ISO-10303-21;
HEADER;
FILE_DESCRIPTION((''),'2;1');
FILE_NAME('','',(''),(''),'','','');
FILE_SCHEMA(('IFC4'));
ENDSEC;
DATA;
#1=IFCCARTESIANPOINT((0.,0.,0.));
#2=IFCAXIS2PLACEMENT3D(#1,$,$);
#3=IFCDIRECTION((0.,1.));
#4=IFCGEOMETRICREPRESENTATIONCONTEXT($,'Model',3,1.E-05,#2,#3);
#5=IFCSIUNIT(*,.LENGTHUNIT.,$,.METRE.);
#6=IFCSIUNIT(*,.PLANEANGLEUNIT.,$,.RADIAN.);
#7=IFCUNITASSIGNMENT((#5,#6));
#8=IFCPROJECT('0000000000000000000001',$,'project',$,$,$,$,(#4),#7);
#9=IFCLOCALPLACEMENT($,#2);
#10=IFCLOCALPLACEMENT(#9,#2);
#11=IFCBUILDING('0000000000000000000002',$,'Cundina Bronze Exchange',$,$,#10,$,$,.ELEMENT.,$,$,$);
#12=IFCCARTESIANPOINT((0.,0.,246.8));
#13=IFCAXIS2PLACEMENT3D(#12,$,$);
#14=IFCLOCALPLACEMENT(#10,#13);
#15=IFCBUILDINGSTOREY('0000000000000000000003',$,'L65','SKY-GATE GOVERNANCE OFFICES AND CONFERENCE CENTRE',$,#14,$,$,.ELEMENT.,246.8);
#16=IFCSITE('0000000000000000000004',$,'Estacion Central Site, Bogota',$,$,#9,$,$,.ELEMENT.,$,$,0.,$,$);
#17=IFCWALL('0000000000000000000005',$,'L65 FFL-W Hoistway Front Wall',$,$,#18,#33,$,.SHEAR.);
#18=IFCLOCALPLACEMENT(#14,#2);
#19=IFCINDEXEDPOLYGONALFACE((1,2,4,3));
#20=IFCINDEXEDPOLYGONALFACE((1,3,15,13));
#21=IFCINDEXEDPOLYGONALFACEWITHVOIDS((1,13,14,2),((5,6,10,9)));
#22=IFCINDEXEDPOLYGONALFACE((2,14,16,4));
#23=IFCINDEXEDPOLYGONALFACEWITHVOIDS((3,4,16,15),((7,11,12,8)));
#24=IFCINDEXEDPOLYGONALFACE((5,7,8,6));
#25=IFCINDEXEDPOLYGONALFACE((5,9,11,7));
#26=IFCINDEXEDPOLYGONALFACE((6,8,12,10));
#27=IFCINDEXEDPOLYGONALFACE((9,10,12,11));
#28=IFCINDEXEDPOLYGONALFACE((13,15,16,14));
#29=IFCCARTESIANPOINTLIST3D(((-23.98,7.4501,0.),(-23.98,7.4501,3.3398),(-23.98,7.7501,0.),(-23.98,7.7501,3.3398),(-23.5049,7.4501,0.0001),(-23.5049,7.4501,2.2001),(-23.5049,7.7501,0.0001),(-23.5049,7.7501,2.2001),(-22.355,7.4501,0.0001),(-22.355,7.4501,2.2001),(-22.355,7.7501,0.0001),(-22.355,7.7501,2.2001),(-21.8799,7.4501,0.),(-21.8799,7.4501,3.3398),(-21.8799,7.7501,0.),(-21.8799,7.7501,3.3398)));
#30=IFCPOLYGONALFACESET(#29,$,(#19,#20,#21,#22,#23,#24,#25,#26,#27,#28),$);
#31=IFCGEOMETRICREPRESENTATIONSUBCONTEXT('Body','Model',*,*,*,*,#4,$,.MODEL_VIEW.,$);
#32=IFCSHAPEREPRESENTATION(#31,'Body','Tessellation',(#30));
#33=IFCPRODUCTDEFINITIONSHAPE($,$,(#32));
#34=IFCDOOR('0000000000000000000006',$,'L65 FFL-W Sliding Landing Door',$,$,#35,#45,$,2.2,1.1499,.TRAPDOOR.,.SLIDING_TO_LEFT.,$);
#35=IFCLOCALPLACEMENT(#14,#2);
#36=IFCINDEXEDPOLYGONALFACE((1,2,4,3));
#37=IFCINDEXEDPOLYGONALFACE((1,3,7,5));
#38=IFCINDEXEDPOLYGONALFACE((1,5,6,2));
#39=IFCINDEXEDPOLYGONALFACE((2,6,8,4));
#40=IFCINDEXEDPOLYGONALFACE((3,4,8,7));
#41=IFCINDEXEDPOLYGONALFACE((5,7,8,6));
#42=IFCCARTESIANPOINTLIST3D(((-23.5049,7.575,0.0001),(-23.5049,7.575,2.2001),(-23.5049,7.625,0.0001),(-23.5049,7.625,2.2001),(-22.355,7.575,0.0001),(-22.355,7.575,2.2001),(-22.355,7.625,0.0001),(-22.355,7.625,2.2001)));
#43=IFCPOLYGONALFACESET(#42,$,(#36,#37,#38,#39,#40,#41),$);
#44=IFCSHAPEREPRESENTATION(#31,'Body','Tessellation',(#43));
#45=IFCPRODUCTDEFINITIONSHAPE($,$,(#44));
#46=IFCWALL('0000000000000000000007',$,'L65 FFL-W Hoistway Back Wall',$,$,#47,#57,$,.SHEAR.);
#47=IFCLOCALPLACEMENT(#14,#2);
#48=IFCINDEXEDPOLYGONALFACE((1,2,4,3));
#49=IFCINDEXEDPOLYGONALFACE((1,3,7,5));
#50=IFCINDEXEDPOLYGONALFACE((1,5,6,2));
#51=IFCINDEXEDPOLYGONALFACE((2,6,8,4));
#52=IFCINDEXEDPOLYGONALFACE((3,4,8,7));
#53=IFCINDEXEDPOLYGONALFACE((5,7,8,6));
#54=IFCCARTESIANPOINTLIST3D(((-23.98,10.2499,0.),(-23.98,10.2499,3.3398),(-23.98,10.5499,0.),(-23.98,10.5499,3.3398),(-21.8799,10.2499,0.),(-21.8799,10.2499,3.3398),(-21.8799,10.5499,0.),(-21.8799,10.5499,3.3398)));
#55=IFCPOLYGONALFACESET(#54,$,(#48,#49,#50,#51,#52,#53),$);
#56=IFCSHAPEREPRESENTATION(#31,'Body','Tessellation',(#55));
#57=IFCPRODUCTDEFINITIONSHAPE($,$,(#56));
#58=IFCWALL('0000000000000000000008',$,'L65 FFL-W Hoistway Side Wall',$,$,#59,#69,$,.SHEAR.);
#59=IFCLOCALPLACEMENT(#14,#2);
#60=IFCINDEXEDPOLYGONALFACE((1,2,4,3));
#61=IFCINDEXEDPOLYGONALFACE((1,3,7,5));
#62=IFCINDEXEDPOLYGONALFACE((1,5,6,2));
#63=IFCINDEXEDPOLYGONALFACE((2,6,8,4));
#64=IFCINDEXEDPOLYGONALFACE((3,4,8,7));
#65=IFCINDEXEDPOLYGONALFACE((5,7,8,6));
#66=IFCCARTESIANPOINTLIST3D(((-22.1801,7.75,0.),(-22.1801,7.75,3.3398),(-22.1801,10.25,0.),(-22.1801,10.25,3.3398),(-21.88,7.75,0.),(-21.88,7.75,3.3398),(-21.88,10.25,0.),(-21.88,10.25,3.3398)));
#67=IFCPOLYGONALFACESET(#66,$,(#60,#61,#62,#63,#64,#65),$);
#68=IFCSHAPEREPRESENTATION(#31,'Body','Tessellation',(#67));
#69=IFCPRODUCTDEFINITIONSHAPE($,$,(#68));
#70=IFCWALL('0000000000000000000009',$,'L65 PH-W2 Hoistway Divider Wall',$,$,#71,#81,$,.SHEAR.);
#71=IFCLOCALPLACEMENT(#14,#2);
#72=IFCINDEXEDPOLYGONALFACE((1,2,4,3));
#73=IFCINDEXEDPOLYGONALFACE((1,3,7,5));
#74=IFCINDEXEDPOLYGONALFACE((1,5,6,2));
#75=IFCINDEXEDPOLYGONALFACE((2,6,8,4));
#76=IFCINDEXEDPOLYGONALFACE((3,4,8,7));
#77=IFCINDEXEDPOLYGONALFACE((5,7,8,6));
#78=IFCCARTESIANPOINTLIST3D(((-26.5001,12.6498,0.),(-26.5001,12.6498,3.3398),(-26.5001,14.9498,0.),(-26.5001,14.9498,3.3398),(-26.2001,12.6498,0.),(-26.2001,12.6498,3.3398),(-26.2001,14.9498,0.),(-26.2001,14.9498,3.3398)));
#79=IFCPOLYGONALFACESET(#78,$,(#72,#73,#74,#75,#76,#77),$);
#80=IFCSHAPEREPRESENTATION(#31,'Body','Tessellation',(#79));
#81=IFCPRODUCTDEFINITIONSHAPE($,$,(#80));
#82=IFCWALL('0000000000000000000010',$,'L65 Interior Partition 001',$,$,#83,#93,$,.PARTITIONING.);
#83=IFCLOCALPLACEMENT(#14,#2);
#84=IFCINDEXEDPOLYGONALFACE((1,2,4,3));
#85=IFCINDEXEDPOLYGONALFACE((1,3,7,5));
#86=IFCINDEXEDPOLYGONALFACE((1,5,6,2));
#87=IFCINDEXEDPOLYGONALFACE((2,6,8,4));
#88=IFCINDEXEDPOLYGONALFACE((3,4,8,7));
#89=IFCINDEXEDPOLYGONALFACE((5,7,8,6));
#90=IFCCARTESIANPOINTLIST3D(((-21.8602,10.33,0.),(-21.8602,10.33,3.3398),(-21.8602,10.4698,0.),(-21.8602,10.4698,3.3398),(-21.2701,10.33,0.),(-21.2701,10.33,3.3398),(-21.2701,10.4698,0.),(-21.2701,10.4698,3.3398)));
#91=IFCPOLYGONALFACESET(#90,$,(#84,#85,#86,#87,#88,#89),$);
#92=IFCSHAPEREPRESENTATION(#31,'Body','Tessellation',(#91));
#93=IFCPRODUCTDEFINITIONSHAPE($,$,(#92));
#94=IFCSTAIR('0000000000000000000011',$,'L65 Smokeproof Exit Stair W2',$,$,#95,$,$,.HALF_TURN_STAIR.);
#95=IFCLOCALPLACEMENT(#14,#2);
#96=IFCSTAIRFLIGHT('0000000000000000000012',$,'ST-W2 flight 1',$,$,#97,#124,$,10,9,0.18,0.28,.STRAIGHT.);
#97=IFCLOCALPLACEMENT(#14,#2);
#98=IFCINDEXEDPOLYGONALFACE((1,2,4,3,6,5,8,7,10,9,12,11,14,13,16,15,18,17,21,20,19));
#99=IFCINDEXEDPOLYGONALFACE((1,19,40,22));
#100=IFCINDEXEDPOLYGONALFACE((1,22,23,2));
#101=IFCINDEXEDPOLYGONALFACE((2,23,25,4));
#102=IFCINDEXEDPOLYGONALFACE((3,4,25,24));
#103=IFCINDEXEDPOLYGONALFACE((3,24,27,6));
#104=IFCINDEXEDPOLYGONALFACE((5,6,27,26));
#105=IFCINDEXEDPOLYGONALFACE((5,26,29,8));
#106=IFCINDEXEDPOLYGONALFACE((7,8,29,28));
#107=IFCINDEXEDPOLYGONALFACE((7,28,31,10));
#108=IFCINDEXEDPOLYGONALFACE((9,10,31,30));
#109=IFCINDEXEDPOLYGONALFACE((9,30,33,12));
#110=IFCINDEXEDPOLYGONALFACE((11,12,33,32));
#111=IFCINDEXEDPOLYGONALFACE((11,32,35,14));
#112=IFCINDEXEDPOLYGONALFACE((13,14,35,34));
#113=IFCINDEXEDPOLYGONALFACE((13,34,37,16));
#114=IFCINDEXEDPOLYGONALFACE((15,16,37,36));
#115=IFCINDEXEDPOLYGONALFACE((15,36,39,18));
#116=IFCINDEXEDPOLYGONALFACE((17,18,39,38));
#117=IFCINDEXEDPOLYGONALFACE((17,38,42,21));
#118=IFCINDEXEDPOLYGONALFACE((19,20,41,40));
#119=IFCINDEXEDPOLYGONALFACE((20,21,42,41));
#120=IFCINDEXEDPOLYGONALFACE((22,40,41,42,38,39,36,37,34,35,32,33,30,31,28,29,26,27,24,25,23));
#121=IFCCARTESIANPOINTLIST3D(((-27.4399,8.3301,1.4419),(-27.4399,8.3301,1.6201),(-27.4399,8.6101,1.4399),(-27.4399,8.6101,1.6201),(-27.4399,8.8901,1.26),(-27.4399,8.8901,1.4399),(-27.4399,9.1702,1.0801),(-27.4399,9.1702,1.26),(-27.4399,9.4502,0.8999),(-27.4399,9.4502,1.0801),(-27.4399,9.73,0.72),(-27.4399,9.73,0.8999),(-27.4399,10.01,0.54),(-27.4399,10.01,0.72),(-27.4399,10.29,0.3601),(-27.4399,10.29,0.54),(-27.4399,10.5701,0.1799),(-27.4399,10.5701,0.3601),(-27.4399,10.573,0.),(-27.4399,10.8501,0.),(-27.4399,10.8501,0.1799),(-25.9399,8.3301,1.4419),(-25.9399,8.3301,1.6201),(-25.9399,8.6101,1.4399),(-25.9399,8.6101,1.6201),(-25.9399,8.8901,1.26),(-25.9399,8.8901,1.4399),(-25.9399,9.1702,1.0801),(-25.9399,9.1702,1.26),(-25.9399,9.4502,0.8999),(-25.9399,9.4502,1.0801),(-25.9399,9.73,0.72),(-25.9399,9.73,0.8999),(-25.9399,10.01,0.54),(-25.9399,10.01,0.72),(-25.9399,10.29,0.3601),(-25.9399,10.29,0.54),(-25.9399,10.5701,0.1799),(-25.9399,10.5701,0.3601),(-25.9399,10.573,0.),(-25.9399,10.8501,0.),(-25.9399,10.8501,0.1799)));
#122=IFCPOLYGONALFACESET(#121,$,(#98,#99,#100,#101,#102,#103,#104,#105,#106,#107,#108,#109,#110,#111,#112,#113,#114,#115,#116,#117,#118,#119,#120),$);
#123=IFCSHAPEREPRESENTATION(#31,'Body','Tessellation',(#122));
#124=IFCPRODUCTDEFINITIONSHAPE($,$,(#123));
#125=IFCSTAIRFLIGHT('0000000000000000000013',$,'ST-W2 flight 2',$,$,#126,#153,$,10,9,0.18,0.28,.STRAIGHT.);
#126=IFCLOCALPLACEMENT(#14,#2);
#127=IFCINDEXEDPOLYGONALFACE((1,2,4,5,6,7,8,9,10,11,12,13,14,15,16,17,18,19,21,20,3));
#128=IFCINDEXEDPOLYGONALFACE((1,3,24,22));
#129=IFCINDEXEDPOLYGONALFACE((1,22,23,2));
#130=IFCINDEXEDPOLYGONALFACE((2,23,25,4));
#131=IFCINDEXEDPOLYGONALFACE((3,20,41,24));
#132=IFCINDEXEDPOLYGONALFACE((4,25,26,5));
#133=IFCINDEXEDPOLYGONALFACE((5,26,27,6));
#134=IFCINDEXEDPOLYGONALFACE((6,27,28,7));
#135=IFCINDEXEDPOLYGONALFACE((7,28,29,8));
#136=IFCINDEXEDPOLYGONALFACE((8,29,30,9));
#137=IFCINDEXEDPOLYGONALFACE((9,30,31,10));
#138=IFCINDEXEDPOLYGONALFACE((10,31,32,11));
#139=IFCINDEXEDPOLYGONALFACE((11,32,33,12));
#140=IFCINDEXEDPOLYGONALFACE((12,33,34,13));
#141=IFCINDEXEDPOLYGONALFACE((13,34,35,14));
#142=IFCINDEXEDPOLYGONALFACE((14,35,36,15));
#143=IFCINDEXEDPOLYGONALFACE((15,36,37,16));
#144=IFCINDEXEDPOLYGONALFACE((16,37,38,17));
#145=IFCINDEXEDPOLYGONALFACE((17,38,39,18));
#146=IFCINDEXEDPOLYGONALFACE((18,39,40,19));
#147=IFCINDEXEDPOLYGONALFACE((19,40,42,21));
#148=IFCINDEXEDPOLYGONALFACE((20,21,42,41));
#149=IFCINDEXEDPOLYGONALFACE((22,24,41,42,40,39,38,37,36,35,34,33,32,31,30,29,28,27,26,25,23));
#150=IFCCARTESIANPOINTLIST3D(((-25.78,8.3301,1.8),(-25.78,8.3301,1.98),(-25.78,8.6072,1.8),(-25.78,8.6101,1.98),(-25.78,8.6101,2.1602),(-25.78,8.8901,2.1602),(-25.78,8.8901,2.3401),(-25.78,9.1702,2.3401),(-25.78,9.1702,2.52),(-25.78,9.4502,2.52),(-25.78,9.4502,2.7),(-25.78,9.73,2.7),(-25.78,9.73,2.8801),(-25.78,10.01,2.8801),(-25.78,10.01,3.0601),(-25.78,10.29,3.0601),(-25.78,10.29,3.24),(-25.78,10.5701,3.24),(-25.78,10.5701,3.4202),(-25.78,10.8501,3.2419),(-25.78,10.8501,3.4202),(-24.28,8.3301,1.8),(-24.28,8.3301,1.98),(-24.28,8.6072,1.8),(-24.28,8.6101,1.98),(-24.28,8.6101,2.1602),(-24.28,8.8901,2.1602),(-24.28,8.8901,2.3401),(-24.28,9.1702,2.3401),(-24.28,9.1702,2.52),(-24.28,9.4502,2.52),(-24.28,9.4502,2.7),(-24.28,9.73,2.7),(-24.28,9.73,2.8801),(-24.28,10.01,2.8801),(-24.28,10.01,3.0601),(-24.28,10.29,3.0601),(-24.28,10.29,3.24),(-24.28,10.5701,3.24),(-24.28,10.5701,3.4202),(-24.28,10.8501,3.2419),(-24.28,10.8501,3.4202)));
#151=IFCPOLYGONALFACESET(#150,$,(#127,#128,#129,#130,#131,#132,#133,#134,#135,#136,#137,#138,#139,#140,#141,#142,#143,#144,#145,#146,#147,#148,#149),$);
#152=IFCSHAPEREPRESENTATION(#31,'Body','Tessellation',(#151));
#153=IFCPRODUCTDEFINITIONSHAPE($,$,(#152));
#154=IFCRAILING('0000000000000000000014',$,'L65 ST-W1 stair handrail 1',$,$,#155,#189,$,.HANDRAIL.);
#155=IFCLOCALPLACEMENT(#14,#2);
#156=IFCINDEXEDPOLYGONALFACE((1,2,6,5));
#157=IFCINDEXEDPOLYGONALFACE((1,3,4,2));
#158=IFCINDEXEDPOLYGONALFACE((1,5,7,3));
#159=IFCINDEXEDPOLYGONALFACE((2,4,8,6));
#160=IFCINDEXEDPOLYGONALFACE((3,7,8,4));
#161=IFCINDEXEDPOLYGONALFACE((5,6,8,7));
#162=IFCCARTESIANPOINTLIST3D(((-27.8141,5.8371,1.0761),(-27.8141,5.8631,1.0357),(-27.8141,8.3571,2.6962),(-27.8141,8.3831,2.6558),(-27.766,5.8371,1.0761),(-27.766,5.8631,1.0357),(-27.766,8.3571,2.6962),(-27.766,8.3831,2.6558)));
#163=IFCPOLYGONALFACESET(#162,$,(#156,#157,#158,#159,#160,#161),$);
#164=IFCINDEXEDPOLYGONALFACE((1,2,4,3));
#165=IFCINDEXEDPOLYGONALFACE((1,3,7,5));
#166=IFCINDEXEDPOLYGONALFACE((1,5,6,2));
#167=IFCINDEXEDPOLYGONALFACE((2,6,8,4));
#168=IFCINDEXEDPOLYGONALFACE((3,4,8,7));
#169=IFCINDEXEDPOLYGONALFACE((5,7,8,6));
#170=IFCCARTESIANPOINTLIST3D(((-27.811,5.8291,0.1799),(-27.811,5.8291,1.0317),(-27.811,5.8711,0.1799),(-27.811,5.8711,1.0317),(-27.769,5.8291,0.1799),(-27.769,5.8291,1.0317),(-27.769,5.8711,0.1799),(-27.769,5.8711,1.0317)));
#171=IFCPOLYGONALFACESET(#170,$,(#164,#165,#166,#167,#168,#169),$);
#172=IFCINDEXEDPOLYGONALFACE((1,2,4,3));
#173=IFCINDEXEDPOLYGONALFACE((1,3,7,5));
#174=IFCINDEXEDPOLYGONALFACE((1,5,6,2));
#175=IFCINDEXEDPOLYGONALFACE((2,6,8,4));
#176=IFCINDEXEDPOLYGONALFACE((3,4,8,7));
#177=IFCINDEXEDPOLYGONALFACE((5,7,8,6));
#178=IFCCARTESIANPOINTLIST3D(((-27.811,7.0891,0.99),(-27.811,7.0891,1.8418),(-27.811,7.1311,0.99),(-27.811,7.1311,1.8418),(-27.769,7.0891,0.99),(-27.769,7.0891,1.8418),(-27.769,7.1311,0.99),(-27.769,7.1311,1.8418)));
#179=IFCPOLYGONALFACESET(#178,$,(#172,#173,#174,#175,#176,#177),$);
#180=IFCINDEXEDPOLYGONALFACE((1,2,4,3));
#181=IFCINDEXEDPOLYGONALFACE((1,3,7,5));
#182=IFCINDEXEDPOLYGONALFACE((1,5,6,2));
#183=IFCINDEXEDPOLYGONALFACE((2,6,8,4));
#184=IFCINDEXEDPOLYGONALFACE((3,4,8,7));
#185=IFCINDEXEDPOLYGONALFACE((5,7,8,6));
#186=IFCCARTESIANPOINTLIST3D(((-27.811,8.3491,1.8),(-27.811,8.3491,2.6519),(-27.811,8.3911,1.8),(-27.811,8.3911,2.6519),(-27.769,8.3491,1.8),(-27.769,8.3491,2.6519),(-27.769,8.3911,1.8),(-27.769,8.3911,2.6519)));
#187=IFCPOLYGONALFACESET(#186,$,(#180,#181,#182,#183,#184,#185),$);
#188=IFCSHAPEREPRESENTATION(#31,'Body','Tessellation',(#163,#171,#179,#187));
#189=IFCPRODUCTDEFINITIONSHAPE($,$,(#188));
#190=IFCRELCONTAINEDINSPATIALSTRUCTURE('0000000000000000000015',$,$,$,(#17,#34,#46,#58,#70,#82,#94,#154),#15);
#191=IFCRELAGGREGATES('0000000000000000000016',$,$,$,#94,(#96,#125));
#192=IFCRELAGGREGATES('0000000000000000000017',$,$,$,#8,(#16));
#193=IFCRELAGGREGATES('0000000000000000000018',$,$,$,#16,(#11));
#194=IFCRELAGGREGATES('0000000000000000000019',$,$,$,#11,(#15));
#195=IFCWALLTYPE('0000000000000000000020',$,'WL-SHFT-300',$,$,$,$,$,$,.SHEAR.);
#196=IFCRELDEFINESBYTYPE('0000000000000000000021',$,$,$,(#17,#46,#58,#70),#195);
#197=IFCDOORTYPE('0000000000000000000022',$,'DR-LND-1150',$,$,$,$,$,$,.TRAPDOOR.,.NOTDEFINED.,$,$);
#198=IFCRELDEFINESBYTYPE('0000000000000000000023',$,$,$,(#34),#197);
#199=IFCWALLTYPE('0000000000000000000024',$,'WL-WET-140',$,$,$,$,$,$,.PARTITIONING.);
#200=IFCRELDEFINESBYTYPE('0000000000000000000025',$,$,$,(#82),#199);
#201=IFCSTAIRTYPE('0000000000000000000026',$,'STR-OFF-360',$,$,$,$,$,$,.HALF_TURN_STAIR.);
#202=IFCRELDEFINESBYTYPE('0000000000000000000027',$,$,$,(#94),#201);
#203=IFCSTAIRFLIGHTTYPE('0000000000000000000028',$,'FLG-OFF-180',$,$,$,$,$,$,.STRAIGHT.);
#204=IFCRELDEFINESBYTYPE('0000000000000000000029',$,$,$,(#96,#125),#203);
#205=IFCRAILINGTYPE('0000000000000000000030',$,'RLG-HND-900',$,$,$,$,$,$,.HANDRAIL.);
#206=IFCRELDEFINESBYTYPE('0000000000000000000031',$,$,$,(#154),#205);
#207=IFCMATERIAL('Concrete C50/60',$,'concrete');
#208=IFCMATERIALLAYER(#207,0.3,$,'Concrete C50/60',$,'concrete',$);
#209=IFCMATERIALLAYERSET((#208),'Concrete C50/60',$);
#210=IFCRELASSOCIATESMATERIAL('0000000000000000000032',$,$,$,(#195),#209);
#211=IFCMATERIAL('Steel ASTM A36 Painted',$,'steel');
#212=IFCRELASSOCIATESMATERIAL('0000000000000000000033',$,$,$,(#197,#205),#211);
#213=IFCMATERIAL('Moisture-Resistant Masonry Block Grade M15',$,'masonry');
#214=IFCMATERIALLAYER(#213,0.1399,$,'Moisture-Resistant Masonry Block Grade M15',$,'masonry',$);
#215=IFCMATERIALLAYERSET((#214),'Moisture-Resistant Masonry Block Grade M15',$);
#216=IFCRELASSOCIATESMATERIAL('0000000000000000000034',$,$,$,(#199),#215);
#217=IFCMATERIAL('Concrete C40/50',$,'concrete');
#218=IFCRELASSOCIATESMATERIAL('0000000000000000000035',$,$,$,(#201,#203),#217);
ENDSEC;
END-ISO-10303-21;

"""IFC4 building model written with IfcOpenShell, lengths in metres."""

from ifc_helpers import new_model, si_unit, direction, frame, frame_2d, origin, origin_2d, place, context, subcontext, project, spatial, polyline, rectangle, outline, extrude, material, layer, layer_set, type_object, element, fill, aggregate, save


model = new_model("IFC4")

# Units and contexts
model_context = context("Model", 3, precision=1e-05, world=origin(), true_north=direction((0.0, 1.0)))
body_context = subcontext(model_context, "Body", "Model", "MODEL_VIEW")
ifc_project = project(units=[si_unit("LENGTHUNIT", "METRE"), si_unit("PLANEANGLEUNIT", "RADIAN")], contexts=[model_context])

# Site, building, storey
site_placement = place(None, origin())
site = spatial("IfcSite", under=ifc_project, at=site_placement, Name="Estacion Central Site, Bogota", CompositionType="ELEMENT", RefElevation=0.0)
building_placement = place(site_placement, origin())
building = spatial("IfcBuilding", under=site, at=building_placement, Name="Cundina Bronze Exchange", CompositionType="ELEMENT")
storey_placement = place(building_placement, frame((0.0, 0.0, 246.8)))
storey = spatial("IfcBuildingStorey", under=building, at=storey_placement, Name="L65", Description="SKY-GATE GOVERNANCE OFFICES AND CONFERENCE CENTRE", CompositionType="ELEMENT", Elevation=246.8)

# Shared definitions
ifc_material_1 = material(Name="Concrete C50/60", Category="concrete")

# Shared definitions
ifc_layer_1 = layer(ifc_material_1, 0.3, Name="Concrete C50/60", Category="concrete")
ifc_layer_set_1 = layer_set([ifc_layer_1], Name="Concrete C50/60")
wall_type_1 = type_object("IfcWallType", Name="WL-SHFT-300", PredefinedType="SHEAR", material=ifc_layer_set_1)
ifc_material_2 = material(Name="Steel ASTM A36 Painted", Category="steel")

# Wall, opening, door
wall_1_placement = place(storey_placement, frame((-23.98, 7.6001, 0.0), z_axis=(0.0, 0.0, 1.0), x_axis=(1.0, 0.0, 0.0)))
wall_1 = element("IfcWall", 1, at=wall_1_placement, inside=storey, type_object=wall_type_1, Name="L65 FFL-W Hoistway Front Wall", PredefinedType="SHEAR", context=body_context, shape_type="SweptSolid", body=[
    extrude(rectangle(XDim=2.1001, YDim=0.3, at=frame_2d((1.05, 0.0))), origin(), (0.0, 0.0, 1.0), 3.3398),
])
opening_1_placement = place(wall_1_placement, frame((0.4751, 0.0, 0.0)))
opening_1 = element("IfcOpeningElement", 2, at=opening_1_placement, cuts=wall_1, PredefinedType="OPENING", context=body_context, shape_type="SweptSolid", body=[
    extrude(rectangle(XDim=1.1499, YDim=2.2, at=frame_2d((0.575, 1.1001))), frame((0.0, 0.1599, 0.0), z_axis=(0.0, -1.0, 0.0), x_axis=(1.0, 0.0, 0.0)), (0.0, 0.0, 1.0), 0.3201),
])
door_type_1 = type_object("IfcDoorType", Name="DR-LND-1150", OperationType="NOTDEFINED", PredefinedType="TRAPDOOR", material=ifc_material_2)
door_1_placement = place(opening_1_placement, origin())
door_1 = element("IfcDoor", 3, at=door_1_placement, inside=storey, type_object=door_type_1, Name="L65 FFL-W Sliding Landing Door", OperationType="SLIDING_TO_LEFT", OverallHeight=2.2, OverallWidth=1.1499, PredefinedType="TRAPDOOR", context=body_context, shape_type="SweptSolid", body=[
    extrude(rectangle(XDim=1.1499, YDim=2.2, at=frame_2d((0.575, 1.1001))), frame((0.0, 0.0249, 0.0), z_axis=(0.0, -1.0, 0.0), x_axis=(1.0, 0.0, 0.0)), (0.0, 0.0, 1.0), 0.05),
])
fill(opening_1, door_1)

# Walls
wall_2_placement = place(storey_placement, frame((-23.98, 10.3999, 0.0), z_axis=(0.0, 0.0, 1.0), x_axis=(1.0, 0.0, 0.0)))
element("IfcWall", 4, at=wall_2_placement, inside=storey, type_object=wall_type_1, Name="L65 FFL-W Hoistway Back Wall", PredefinedType="SHEAR", context=body_context, shape_type="SweptSolid", body=[
    extrude(rectangle(XDim=2.1001, YDim=0.3, at=frame_2d((1.05, 0.0))), origin(), (0.0, 0.0, 1.0), 3.3398),
])
wall_3_placement = place(storey_placement, frame((-22.03, 7.75, 0.0), z_axis=(0.0, 0.0, 1.0), x_axis=(0.0, 1.0, 0.0)))
element("IfcWall", 5, at=wall_3_placement, inside=storey, type_object=wall_type_1, Name="L65 FFL-W Hoistway Side Wall", PredefinedType="SHEAR", context=body_context, shape_type="SweptSolid", body=[
    extrude(rectangle(XDim=2.5, YDim=0.3, at=frame_2d((1.25, 0.0))), origin(), (0.0, 0.0, 1.0), 3.3398),
])
wall_4_placement = place(storey_placement, frame((-26.3501, 12.6499, 0.0), z_axis=(0.0, 0.0, 1.0), x_axis=(0.0, 1.0, 0.0)))
element("IfcWall", 6, at=wall_4_placement, inside=storey, type_object=wall_type_1, Name="L65 PH-W2 Hoistway Divider Wall", PredefinedType="SHEAR", context=body_context, shape_type="SweptSolid", body=[
    extrude(rectangle(XDim=2.3, YDim=0.3, at=frame_2d((1.1499, 0.0))), origin(), (0.0, 0.0, 1.0), 3.3398),
])
ifc_material_3 = material(Name="Moisture-Resistant Masonry Block Grade M15", Category="masonry")
ifc_layer_2 = layer(ifc_material_3, 0.1399, Name="Moisture-Resistant Masonry Block Grade M15", Category="masonry")
ifc_layer_set_2 = layer_set([ifc_layer_2], Name="Moisture-Resistant Masonry Block Grade M15")
wall_type_2 = type_object("IfcWallType", Name="WL-WET-140", PredefinedType="PARTITIONING", material=ifc_layer_set_2)
wall_5_placement = place(storey_placement, frame((-21.8601, 10.3999, 0.0), z_axis=(0.0, 0.0, 1.0), x_axis=(1.0, 0.0, 0.0)))
element("IfcWall", 7, at=wall_5_placement, inside=storey, type_object=wall_type_2, Name="L65 Interior Partition 001", PredefinedType="PARTITIONING", context=body_context, shape_type="SweptSolid", body=[
    extrude(rectangle(XDim=0.5901, YDim=0.1399, at=frame_2d((0.2949, 0.0))), origin(), (0.0, 0.0, 1.0), 3.3398),
])

# Stair, stair flights
ifc_material_4 = material(Name="Concrete C40/50", Category="concrete")
stair_type = type_object("IfcStairType", Name="STR-OFF-360", PredefinedType="HALF_TURN_STAIR", material=ifc_material_4)
stair_placement = place(storey_placement, origin())
stair = element("IfcStair", 8, at=stair_placement, inside=storey, type_object=stair_type, Name="L65 Smokeproof Exit Stair W2", PredefinedType="HALF_TURN_STAIR")
stair_flight_type = type_object("IfcStairFlightType", Name="FLG-OFF-180", PredefinedType="STRAIGHT", material=ifc_material_4)
stair_flight_1_placement = place(storey_placement, frame((-26.6899, 10.8501, 0.0), z_axis=(0.0, 0.0, 1.0), x_axis=(0.0, -1.0, 0.0)))
stair_flight_1 = element("IfcStairFlight", 9, at=stair_flight_1_placement, type_object=stair_flight_type, Name="ST-W2 flight 1", NumberOfRisers=10, NumberOfTreads=9, PredefinedType="STRAIGHT", RiserHeight=0.18, TreadLength=0.28, context=body_context, shape_type="SweptSolid", body=[
    extrude(outline(polyline([(0.0, 0.0), (0.0, 0.1799), (0.28, 0.1799), (0.28, 0.3601), (0.5601, 0.3601), (0.5601, 0.54), (0.8401, 0.54), (0.8401, 0.72), (1.1201, 0.72), (1.1201, 0.8999), (1.3999, 0.8999), (1.3999, 1.0801), (1.6799, 1.0801), (1.6799, 1.26), (1.96, 1.26), (1.96, 1.4399), (2.24, 1.4399), (2.24, 1.6201), (2.52, 1.6201), (2.52, 1.8), (2.52, 1.4419), (0.2771, 0.0), (0.0, 0.0)])), frame((0.0, 0.75, 0.0), z_axis=(0.0, -1.0, 0.0), x_axis=(1.0, 0.0, 0.0)), (0.0, 0.0, 1.0), 1.5),
])
stair_flight_2_placement = place(storey_placement, frame((-25.03, 8.3301, 1.8), z_axis=(0.0, 0.0, 1.0), x_axis=(0.0, 1.0, 0.0)))
stair_flight_2 = element("IfcStairFlight", 10, at=stair_flight_2_placement, type_object=stair_flight_type, Name="ST-W2 flight 2", NumberOfRisers=10, NumberOfTreads=9, PredefinedType="STRAIGHT", RiserHeight=0.18, TreadLength=0.28, context=body_context, shape_type="SweptSolid", body=[
    extrude(outline(polyline([(0.0, 0.0), (0.0, 0.1799), (0.28, 0.1799), (0.28, 0.3601), (0.5601, 0.3601), (0.5601, 0.54), (0.8401, 0.54), (0.8401, 0.72), (1.1201, 0.72), (1.1201, 0.8999), (1.3999, 0.8999), (1.3999, 1.0801), (1.6799, 1.0801), (1.6799, 1.26), (1.96, 1.26), (1.96, 1.4399), (2.24, 1.4399), (2.24, 1.6201), (2.52, 1.6201), (2.52, 1.8), (2.52, 1.4419), (0.2771, 0.0), (0.0, 0.0)])), frame((0.0, 0.75, 0.0), z_axis=(0.0, -1.0, 0.0), x_axis=(1.0, 0.0, 0.0)), (0.0, 0.0, 1.0), 1.5),
])
aggregate(stair, [stair_flight_1, stair_flight_2])

# Railing
railing_type_1 = type_object("IfcRailingType", Name="RLG-HND-900", PredefinedType="HANDRAIL", material=ifc_material_2)
railing_1_placement = place(storey_placement, frame((-27.79, 5.8501, 0.1799)))
element("IfcRailing", 11, at=railing_1_placement, inside=storey, type_object=railing_type_1, Name="L65 ST-W1 stair handrail 1", PredefinedType="HANDRAIL", context=body_context, shape_type="SweptSolid", body=[
    extrude(rectangle(XDim=0.0481, YDim=0.0481, at=origin_2d()), frame((0.0, 0.0, 0.876), z_axis=(0.0, 0.841163, 0.540782), x_axis=(-1.0, 0.0, 0.0)), (0.0, 0.0, 1.0), 2.9958),
    extrude(rectangle(XDim=0.042, YDim=0.042, at=origin_2d()), origin(), (0.0, 0.0, 1.0), 0.8518),
    extrude(rectangle(XDim=0.042, YDim=0.042, at=origin_2d()), frame((0.0, 1.26, 0.8101)), (0.0, 0.0, 1.0), 0.8518),
    extrude(rectangle(XDim=0.042, YDim=0.042, at=origin_2d()), frame((0.0, 2.52, 1.6201)), (0.0, 0.0, 1.0), 0.8518),
])

save(model, "model.ifc")
